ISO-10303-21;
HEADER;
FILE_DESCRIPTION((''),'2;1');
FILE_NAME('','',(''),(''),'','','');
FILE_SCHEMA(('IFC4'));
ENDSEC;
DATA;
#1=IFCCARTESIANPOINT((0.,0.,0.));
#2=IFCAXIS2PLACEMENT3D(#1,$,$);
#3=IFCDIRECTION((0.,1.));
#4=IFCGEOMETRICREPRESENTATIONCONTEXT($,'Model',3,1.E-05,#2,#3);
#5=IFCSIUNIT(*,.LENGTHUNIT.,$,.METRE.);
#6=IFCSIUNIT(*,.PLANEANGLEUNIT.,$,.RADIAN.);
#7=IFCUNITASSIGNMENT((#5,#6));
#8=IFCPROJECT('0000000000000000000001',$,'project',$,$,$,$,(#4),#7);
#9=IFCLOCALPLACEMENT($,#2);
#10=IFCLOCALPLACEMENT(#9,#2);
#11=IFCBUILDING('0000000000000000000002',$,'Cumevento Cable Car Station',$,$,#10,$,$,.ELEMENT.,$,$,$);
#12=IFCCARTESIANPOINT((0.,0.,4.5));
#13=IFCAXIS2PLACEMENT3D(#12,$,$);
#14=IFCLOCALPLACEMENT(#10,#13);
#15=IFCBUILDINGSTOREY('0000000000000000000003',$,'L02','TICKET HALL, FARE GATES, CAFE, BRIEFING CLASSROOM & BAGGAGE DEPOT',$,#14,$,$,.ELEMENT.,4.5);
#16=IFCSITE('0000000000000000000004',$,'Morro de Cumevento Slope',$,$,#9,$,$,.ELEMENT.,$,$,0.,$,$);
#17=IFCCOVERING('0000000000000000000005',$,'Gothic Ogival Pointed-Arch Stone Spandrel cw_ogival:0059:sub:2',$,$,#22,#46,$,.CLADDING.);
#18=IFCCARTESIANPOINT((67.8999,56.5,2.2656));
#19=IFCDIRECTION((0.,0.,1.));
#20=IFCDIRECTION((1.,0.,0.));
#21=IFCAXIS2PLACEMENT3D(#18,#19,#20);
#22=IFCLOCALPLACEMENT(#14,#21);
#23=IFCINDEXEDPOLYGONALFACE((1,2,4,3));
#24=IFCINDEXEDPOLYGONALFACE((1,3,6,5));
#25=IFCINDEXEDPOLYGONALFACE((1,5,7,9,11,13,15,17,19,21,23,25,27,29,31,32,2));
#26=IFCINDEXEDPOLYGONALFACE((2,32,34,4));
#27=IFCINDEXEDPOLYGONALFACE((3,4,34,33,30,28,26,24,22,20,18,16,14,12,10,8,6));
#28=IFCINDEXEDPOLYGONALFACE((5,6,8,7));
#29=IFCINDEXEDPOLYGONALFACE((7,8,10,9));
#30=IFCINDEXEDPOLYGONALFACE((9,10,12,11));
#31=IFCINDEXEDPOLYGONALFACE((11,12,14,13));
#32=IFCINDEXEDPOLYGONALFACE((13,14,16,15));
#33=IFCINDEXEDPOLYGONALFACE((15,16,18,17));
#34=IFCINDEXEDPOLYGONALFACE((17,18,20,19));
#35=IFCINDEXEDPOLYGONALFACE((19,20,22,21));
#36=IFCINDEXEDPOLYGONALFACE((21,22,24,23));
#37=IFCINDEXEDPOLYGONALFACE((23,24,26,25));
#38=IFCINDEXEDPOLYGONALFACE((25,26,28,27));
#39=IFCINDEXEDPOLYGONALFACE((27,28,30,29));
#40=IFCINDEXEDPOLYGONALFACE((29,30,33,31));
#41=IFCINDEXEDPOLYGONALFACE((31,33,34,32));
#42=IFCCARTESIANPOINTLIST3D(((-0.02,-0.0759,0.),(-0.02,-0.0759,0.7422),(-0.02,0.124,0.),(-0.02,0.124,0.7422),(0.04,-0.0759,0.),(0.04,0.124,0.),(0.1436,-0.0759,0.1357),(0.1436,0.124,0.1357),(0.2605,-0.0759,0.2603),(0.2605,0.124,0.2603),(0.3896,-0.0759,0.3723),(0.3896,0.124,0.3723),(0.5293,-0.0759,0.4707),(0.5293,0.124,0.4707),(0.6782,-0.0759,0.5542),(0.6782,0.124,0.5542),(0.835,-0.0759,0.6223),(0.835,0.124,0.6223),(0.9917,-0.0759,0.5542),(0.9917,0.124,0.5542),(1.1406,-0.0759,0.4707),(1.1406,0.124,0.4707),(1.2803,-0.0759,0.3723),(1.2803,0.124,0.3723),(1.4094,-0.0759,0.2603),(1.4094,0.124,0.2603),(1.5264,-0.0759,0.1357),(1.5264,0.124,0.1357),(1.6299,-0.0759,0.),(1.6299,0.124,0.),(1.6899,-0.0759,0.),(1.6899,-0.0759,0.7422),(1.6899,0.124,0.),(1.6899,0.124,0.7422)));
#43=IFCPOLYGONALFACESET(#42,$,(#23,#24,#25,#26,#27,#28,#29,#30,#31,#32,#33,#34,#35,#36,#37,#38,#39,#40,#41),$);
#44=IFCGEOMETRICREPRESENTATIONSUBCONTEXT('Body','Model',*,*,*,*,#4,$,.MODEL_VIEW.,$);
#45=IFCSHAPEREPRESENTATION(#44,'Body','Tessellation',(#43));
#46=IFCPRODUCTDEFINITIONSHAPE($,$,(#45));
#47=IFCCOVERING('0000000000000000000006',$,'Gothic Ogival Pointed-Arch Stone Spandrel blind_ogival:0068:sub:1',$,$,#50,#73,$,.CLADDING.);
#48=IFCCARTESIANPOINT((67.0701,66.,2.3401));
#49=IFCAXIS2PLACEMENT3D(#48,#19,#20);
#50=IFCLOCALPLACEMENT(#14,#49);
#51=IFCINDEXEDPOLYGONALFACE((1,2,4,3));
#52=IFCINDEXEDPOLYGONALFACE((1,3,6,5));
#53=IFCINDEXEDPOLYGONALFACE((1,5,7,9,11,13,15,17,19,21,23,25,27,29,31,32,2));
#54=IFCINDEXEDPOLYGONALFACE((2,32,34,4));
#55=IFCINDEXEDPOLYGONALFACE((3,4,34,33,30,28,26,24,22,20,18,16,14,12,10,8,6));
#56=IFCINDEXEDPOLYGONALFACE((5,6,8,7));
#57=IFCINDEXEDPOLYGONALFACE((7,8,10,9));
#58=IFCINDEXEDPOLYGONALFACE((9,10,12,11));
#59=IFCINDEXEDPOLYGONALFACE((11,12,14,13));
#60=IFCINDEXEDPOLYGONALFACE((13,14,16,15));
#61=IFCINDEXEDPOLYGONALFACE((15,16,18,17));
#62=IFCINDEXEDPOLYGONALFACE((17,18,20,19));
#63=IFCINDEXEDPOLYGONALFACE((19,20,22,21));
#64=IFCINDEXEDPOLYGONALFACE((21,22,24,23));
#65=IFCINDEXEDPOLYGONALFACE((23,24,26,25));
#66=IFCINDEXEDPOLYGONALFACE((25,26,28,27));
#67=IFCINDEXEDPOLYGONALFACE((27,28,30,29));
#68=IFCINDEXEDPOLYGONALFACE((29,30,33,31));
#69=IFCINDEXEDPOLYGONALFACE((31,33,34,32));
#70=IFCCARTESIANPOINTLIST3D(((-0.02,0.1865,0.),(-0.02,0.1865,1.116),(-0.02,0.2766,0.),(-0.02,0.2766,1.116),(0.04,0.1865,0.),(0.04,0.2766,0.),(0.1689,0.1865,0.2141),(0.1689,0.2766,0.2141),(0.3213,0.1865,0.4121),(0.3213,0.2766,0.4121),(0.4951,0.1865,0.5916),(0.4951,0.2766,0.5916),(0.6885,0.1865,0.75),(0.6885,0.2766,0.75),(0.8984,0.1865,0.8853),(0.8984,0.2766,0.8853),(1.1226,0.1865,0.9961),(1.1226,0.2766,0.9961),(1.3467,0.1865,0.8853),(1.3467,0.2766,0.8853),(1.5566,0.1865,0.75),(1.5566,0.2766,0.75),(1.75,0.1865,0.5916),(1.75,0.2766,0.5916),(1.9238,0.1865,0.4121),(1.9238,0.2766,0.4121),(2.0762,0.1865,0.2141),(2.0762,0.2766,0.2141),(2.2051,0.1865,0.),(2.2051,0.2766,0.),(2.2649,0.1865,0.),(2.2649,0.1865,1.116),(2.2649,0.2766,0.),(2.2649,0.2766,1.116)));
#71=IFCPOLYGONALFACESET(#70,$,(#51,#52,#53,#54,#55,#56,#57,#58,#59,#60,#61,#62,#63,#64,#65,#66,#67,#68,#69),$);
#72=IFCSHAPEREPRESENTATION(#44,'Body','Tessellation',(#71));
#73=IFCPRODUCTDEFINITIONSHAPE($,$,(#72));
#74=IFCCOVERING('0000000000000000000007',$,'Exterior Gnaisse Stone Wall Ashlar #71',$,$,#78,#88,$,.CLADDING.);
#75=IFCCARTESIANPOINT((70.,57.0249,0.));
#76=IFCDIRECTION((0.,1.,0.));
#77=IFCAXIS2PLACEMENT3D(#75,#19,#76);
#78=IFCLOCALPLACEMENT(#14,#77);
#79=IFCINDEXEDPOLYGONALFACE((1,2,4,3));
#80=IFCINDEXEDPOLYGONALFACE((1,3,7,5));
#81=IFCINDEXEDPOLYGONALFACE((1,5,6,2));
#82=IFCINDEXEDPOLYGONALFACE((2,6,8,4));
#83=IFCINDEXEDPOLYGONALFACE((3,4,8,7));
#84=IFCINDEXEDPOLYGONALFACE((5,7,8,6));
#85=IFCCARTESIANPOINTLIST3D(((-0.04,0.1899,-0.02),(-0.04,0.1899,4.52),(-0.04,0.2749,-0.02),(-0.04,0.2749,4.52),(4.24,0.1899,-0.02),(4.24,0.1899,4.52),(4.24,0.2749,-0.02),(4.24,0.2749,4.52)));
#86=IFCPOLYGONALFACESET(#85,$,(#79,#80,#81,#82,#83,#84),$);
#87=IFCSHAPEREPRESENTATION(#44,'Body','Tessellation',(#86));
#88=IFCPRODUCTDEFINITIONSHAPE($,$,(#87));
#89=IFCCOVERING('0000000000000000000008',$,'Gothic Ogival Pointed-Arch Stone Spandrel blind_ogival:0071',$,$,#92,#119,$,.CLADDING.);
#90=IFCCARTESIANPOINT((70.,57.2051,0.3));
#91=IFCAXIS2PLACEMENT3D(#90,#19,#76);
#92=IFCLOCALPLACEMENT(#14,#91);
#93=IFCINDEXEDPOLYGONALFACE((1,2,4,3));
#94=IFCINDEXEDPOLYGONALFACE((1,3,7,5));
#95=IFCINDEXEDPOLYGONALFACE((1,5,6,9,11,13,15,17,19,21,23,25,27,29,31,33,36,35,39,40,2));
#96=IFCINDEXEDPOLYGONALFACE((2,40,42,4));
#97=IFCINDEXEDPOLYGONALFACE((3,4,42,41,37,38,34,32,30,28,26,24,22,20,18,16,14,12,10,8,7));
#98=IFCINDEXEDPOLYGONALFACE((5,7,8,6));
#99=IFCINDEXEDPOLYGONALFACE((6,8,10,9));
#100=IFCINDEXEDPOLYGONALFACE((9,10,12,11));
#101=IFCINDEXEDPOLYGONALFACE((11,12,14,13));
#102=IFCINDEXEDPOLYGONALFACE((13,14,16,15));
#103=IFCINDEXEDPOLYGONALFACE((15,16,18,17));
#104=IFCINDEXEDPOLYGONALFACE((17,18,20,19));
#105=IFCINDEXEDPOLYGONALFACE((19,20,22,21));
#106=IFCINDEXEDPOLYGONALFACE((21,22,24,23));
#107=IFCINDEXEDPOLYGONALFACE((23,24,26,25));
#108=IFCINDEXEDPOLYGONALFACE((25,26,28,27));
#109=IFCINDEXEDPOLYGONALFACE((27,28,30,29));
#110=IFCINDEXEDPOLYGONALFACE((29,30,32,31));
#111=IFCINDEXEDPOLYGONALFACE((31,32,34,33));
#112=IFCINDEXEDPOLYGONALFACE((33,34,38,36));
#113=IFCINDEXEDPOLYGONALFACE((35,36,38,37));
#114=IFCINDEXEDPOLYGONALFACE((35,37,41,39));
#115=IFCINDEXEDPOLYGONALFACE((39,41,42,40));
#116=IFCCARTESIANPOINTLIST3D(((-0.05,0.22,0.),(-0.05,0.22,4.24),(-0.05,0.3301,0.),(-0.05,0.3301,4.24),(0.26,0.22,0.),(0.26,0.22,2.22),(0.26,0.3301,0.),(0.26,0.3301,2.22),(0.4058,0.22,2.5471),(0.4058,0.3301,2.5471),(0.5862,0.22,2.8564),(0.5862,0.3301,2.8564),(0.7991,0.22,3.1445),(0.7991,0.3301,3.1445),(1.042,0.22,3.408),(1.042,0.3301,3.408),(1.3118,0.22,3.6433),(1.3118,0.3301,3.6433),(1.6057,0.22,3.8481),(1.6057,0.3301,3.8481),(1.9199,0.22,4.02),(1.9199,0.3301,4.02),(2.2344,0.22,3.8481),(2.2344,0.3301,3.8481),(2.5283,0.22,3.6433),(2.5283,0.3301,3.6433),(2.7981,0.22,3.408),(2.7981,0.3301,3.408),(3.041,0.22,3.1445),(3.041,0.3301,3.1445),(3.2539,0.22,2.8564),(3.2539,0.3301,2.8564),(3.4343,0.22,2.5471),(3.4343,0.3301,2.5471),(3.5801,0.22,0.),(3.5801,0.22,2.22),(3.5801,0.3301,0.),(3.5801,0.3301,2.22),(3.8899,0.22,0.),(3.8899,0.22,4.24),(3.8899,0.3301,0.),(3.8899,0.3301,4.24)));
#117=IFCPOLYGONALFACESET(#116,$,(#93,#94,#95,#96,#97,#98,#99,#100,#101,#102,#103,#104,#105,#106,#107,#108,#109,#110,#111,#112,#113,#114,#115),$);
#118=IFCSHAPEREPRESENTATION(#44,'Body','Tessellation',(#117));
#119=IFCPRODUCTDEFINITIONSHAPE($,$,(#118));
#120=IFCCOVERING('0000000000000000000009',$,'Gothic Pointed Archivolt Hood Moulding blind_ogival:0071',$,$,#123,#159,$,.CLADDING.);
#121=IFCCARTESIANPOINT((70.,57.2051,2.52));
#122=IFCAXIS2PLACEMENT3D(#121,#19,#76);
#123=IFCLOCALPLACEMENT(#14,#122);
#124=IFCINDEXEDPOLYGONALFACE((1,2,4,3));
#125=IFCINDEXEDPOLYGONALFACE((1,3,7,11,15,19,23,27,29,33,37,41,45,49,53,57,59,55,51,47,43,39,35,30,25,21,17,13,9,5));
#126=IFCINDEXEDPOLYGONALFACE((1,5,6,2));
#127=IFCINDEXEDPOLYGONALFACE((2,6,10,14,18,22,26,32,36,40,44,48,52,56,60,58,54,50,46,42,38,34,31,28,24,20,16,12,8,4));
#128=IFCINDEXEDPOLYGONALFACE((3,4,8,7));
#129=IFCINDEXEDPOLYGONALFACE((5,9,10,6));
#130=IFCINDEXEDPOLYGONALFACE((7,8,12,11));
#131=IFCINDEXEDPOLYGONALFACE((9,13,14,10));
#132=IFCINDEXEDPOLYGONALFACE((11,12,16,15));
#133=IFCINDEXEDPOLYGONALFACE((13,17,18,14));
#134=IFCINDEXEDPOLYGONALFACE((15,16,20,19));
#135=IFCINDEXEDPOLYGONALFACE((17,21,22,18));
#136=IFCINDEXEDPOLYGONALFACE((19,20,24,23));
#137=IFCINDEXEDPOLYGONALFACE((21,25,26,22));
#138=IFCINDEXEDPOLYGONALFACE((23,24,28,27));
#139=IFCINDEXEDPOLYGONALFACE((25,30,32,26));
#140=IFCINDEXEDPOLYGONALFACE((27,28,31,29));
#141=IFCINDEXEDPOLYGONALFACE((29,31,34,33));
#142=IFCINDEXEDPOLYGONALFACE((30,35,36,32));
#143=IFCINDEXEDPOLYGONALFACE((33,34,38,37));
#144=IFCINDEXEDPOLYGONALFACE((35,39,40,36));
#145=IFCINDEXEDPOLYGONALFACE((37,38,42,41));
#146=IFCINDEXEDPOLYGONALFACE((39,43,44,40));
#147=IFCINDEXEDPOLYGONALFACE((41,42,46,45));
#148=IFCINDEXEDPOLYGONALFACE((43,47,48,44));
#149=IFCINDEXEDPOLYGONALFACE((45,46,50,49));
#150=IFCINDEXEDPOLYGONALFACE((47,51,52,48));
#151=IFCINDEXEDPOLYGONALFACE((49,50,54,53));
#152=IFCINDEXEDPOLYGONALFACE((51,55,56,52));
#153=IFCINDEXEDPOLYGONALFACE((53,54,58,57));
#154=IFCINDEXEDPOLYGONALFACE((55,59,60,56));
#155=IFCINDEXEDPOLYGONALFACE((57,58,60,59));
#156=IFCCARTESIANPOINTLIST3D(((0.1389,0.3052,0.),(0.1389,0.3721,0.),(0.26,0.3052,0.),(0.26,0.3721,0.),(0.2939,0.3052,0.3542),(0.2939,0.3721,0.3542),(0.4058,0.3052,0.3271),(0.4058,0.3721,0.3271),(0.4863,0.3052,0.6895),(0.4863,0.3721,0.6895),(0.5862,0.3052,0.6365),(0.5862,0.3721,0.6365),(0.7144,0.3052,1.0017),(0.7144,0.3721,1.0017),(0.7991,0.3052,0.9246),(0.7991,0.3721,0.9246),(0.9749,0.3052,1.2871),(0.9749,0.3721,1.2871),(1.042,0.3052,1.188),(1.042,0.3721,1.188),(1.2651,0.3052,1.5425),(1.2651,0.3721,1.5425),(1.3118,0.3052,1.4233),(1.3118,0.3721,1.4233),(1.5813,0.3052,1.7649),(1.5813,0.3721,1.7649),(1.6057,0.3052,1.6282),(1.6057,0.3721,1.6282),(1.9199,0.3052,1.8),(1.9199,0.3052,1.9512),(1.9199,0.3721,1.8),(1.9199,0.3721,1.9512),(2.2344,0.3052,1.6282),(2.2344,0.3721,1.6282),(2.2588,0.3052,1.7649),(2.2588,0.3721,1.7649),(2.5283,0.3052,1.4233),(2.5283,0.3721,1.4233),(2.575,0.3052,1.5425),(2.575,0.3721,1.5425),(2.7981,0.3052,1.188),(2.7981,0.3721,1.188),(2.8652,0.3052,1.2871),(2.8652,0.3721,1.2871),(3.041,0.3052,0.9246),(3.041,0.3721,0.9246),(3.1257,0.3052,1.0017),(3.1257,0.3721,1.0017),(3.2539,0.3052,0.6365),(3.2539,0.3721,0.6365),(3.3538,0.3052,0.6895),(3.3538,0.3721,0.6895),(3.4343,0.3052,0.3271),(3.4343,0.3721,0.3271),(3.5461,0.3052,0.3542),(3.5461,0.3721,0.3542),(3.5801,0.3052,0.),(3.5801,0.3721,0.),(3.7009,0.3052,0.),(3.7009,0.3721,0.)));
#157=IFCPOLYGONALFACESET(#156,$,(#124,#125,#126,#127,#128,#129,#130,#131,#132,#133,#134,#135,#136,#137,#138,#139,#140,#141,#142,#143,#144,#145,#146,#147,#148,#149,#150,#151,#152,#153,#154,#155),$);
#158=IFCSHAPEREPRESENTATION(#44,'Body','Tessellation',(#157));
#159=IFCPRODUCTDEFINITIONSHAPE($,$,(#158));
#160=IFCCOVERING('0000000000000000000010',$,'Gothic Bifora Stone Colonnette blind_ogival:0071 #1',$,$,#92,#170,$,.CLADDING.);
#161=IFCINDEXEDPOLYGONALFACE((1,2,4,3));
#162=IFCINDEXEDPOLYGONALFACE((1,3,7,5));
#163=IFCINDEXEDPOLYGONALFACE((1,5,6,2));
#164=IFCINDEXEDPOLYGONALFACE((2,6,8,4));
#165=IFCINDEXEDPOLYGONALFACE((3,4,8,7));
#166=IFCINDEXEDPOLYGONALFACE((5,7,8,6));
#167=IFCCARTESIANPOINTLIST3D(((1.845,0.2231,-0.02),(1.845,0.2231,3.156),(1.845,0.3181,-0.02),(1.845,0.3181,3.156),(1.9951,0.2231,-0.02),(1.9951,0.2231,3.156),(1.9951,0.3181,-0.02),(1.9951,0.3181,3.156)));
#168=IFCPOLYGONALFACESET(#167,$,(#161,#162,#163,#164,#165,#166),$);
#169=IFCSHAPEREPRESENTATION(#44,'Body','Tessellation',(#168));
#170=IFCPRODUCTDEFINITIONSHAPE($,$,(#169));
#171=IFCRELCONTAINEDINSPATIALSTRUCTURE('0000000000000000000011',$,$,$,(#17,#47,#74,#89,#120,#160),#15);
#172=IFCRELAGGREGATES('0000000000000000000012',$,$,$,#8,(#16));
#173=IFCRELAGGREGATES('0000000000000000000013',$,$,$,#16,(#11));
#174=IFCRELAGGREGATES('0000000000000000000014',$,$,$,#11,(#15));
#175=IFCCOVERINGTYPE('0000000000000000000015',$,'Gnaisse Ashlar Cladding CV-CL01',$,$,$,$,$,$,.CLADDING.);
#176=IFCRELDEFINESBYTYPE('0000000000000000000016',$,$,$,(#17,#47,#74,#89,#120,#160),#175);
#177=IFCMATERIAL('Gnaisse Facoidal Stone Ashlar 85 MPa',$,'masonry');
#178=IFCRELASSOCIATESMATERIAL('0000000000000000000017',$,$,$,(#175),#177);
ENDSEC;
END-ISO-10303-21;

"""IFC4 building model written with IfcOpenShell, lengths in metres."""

from ifc_helpers import new_model, si_unit, direction, frame, origin, place, context, subcontext, project, spatial, polyline, outline, extrude, material, type_object, element, save


model = new_model("IFC4")

# Units and contexts
model_context = context("Model", 3, precision=1e-05, world=origin(), true_north=direction((0.0, 1.0)))
body_context = subcontext(model_context, "Body", "Model", "MODEL_VIEW")
ifc_project = project(units=[si_unit("LENGTHUNIT", "METRE"), si_unit("PLANEANGLEUNIT", "RADIAN")], contexts=[model_context])

# Site, building, storey
site_placement = place(None, origin())
site = spatial("IfcSite", under=ifc_project, at=site_placement, Name="Morro de Cumevento Slope", CompositionType="ELEMENT", RefElevation=0.0)
building_placement = place(site_placement, origin())
building = spatial("IfcBuilding", under=site, at=building_placement, Name="Cumevento Cable Car Station", CompositionType="ELEMENT")
storey_placement = place(building_placement, frame((0.0, 0.0, 4.5)))
storey = spatial("IfcBuildingStorey", under=building, at=storey_placement, Name="L02", Description="TICKET HALL, FARE GATES, CAFE, BRIEFING CLASSROOM & BAGGAGE DEPOT", CompositionType="ELEMENT", Elevation=4.5)

# Coverings
ifc_material_1 = material(Name="Gnaisse Facoidal Stone Ashlar 85 MPa", Category="masonry")
covering_type = type_object("IfcCoveringType", Name="Gnaisse Ashlar Cladding CV-CL01", PredefinedType="CLADDING", material=ifc_material_1)
covering_1_placement = place(storey_placement, frame((67.8999, 56.5, 2.2656), z_axis=(0.0, 0.0, 1.0), x_axis=(1.0, 0.0, 0.0)))
element("IfcCovering", 1, at=covering_1_placement, inside=storey, type_object=covering_type, Name="Gothic Ogival Pointed-Arch Stone Spandrel cw_ogival:0059:sub:2", PredefinedType="CLADDING", context=body_context, shape_type="SweptSolid", body=[
    extrude(outline(polyline([(-0.02, 0.0), (-0.02, 0.7422), (1.6899, 0.7422), (1.6899, 0.0), (1.6299, 0.0), (1.5264, 0.1357), (1.4094, 0.2603), (1.2803, 0.3723), (1.1406, 0.4707), (0.9917, 0.5542), (0.835, 0.6223), (0.6782, 0.5542), (0.5293, 0.4707), (0.3896, 0.3723), (0.2605, 0.2603), (0.1436, 0.1357), (0.04, 0.0), (-0.02, 0.0)])), frame((0.0, 0.124, 0.0), z_axis=(0.0, -1.0, 0.0), x_axis=(1.0, 0.0, 0.0)), (0.0, 0.0, 1.0), 0.2),
])
covering_2_placement = place(storey_placement, frame((67.0701, 66.0, 2.3401), z_axis=(0.0, 0.0, 1.0), x_axis=(1.0, 0.0, 0.0)))
element("IfcCovering", 2, at=covering_2_placement, inside=storey, type_object=covering_type, Name="Gothic Ogival Pointed-Arch Stone Spandrel blind_ogival:0068:sub:1", PredefinedType="CLADDING", context=body_context, shape_type="SweptSolid", body=[
    extrude(outline(polyline([(-0.02, 0.0), (-0.02, 1.116), (2.2649, 1.116), (2.2649, 0.0), (2.2051, 0.0), (2.0762, 0.2141), (1.9238, 0.4121), (1.75, 0.5916), (1.5566, 0.75), (1.3467, 0.8853), (1.1226, 0.9961), (0.8984, 0.8853), (0.6885, 0.75), (0.4951, 0.5916), (0.3213, 0.4121), (0.1689, 0.2141), (0.04, 0.0), (-0.02, 0.0)])), frame((0.0, 0.2766, 0.0), z_axis=(0.0, -1.0, 0.0), x_axis=(1.0, 0.0, 0.0)), (0.0, 0.0, 1.0), 0.0901),
])
covering_3_placement = place(storey_placement, frame((70.0, 57.0249, 0.0), z_axis=(0.0, 0.0, 1.0), x_axis=(0.0, 1.0, 0.0)))
element("IfcCovering", 3, at=covering_3_placement, inside=storey, type_object=covering_type, Name="Exterior Gnaisse Stone Wall Ashlar #71", PredefinedType="CLADDING", context=body_context, shape_type="SweptSolid", body=[
    extrude(outline(polyline([(-0.04, -0.02), (4.24, -0.02), (4.24, 4.52), (-0.04, 4.52), (-0.04, -0.02)])), frame((0.0, 0.2749, 0.0), z_axis=(0.0, -1.0, 0.0), x_axis=(1.0, 0.0, 0.0)), (0.0, 0.0, 1.0), 0.085),
])
placement = place(storey_placement, frame((70.0, 57.2051, 0.3), z_axis=(0.0, 0.0, 1.0), x_axis=(0.0, 1.0, 0.0)))
element("IfcCovering", 4, at=placement, inside=storey, type_object=covering_type, Name="Gothic Ogival Pointed-Arch Stone Spandrel blind_ogival:0071", PredefinedType="CLADDING", context=body_context, shape_type="SweptSolid", body=[
    extrude(outline(polyline([(-0.05, 0.0), (-0.05, 4.24), (3.8899, 4.24), (3.8899, 0.0), (3.5801, 0.0), (3.5801, 2.22), (3.4343, 2.5471), (3.2539, 2.8564), (3.041, 3.1445), (2.7981, 3.408), (2.5283, 3.6433), (2.2344, 3.8481), (1.9199, 4.02), (1.6057, 3.8481), (1.3118, 3.6433), (1.042, 3.408), (0.7991, 3.1445), (0.5862, 2.8564), (0.4058, 2.5471), (0.26, 2.22), (0.26, 0.0), (-0.05, 0.0)])), frame((0.0, 0.3301, 0.0), z_axis=(0.0, -1.0, 0.0), x_axis=(1.0, 0.0, 0.0)), (0.0, 0.0, 1.0), 0.1101),
])
covering_4_placement = place(storey_placement, frame((70.0, 57.2051, 2.52), z_axis=(0.0, 0.0, 1.0), x_axis=(0.0, 1.0, 0.0)))
element("IfcCovering", 5, at=covering_4_placement, inside=storey, type_object=covering_type, Name="Gothic Pointed Archivolt Hood Moulding blind_ogival:0071", PredefinedType="CLADDING", context=body_context, shape_type="SweptSolid", body=[
    extrude(outline(polyline([(0.26, 0.0), (0.4058, 0.3271), (0.5862, 0.6365), (0.7991, 0.9246), (1.042, 1.188), (1.3118, 1.4233), (1.6057, 1.6282), (1.9199, 1.8), (2.2344, 1.6282), (2.5283, 1.4233), (2.7981, 1.188), (3.041, 0.9246), (3.2539, 0.6365), (3.4343, 0.3271), (3.5801, 0.0), (3.7009, 0.0), (3.5461, 0.3542), (3.3538, 0.6895), (3.1257, 1.0017), (2.8652, 1.2871), (2.575, 1.5425), (2.2588, 1.7649), (1.9199, 1.9512), (1.5813, 1.7649), (1.2651, 1.5425), (0.9749, 1.2871), (0.7144, 1.0017), (0.4863, 0.6895), (0.2939, 0.3542), (0.1389, 0.0), (0.26, 0.0)])), frame((0.0, 0.3721, 0.0), z_axis=(0.0, -1.0, 0.0), x_axis=(1.0, 0.0, 0.0)), (0.0, 0.0, 1.0), 0.0669),
])
element("IfcCovering", 6, at=placement, inside=storey, type_object=covering_type, Name="Gothic Bifora Stone Colonnette blind_ogival:0071 #1", PredefinedType="CLADDING", context=body_context, shape_type="SweptSolid", body=[
    extrude(outline(polyline([(1.845, -0.02), (1.9951, -0.02), (1.9951, 3.156), (1.845, 3.156), (1.845, -0.02)])), frame((0.0, 0.3181, 0.0), z_axis=(0.0, -1.0, 0.0), x_axis=(1.0, 0.0, 0.0)), (0.0, 0.0, 1.0), 0.095),
])

save(model, "model.ifc")
